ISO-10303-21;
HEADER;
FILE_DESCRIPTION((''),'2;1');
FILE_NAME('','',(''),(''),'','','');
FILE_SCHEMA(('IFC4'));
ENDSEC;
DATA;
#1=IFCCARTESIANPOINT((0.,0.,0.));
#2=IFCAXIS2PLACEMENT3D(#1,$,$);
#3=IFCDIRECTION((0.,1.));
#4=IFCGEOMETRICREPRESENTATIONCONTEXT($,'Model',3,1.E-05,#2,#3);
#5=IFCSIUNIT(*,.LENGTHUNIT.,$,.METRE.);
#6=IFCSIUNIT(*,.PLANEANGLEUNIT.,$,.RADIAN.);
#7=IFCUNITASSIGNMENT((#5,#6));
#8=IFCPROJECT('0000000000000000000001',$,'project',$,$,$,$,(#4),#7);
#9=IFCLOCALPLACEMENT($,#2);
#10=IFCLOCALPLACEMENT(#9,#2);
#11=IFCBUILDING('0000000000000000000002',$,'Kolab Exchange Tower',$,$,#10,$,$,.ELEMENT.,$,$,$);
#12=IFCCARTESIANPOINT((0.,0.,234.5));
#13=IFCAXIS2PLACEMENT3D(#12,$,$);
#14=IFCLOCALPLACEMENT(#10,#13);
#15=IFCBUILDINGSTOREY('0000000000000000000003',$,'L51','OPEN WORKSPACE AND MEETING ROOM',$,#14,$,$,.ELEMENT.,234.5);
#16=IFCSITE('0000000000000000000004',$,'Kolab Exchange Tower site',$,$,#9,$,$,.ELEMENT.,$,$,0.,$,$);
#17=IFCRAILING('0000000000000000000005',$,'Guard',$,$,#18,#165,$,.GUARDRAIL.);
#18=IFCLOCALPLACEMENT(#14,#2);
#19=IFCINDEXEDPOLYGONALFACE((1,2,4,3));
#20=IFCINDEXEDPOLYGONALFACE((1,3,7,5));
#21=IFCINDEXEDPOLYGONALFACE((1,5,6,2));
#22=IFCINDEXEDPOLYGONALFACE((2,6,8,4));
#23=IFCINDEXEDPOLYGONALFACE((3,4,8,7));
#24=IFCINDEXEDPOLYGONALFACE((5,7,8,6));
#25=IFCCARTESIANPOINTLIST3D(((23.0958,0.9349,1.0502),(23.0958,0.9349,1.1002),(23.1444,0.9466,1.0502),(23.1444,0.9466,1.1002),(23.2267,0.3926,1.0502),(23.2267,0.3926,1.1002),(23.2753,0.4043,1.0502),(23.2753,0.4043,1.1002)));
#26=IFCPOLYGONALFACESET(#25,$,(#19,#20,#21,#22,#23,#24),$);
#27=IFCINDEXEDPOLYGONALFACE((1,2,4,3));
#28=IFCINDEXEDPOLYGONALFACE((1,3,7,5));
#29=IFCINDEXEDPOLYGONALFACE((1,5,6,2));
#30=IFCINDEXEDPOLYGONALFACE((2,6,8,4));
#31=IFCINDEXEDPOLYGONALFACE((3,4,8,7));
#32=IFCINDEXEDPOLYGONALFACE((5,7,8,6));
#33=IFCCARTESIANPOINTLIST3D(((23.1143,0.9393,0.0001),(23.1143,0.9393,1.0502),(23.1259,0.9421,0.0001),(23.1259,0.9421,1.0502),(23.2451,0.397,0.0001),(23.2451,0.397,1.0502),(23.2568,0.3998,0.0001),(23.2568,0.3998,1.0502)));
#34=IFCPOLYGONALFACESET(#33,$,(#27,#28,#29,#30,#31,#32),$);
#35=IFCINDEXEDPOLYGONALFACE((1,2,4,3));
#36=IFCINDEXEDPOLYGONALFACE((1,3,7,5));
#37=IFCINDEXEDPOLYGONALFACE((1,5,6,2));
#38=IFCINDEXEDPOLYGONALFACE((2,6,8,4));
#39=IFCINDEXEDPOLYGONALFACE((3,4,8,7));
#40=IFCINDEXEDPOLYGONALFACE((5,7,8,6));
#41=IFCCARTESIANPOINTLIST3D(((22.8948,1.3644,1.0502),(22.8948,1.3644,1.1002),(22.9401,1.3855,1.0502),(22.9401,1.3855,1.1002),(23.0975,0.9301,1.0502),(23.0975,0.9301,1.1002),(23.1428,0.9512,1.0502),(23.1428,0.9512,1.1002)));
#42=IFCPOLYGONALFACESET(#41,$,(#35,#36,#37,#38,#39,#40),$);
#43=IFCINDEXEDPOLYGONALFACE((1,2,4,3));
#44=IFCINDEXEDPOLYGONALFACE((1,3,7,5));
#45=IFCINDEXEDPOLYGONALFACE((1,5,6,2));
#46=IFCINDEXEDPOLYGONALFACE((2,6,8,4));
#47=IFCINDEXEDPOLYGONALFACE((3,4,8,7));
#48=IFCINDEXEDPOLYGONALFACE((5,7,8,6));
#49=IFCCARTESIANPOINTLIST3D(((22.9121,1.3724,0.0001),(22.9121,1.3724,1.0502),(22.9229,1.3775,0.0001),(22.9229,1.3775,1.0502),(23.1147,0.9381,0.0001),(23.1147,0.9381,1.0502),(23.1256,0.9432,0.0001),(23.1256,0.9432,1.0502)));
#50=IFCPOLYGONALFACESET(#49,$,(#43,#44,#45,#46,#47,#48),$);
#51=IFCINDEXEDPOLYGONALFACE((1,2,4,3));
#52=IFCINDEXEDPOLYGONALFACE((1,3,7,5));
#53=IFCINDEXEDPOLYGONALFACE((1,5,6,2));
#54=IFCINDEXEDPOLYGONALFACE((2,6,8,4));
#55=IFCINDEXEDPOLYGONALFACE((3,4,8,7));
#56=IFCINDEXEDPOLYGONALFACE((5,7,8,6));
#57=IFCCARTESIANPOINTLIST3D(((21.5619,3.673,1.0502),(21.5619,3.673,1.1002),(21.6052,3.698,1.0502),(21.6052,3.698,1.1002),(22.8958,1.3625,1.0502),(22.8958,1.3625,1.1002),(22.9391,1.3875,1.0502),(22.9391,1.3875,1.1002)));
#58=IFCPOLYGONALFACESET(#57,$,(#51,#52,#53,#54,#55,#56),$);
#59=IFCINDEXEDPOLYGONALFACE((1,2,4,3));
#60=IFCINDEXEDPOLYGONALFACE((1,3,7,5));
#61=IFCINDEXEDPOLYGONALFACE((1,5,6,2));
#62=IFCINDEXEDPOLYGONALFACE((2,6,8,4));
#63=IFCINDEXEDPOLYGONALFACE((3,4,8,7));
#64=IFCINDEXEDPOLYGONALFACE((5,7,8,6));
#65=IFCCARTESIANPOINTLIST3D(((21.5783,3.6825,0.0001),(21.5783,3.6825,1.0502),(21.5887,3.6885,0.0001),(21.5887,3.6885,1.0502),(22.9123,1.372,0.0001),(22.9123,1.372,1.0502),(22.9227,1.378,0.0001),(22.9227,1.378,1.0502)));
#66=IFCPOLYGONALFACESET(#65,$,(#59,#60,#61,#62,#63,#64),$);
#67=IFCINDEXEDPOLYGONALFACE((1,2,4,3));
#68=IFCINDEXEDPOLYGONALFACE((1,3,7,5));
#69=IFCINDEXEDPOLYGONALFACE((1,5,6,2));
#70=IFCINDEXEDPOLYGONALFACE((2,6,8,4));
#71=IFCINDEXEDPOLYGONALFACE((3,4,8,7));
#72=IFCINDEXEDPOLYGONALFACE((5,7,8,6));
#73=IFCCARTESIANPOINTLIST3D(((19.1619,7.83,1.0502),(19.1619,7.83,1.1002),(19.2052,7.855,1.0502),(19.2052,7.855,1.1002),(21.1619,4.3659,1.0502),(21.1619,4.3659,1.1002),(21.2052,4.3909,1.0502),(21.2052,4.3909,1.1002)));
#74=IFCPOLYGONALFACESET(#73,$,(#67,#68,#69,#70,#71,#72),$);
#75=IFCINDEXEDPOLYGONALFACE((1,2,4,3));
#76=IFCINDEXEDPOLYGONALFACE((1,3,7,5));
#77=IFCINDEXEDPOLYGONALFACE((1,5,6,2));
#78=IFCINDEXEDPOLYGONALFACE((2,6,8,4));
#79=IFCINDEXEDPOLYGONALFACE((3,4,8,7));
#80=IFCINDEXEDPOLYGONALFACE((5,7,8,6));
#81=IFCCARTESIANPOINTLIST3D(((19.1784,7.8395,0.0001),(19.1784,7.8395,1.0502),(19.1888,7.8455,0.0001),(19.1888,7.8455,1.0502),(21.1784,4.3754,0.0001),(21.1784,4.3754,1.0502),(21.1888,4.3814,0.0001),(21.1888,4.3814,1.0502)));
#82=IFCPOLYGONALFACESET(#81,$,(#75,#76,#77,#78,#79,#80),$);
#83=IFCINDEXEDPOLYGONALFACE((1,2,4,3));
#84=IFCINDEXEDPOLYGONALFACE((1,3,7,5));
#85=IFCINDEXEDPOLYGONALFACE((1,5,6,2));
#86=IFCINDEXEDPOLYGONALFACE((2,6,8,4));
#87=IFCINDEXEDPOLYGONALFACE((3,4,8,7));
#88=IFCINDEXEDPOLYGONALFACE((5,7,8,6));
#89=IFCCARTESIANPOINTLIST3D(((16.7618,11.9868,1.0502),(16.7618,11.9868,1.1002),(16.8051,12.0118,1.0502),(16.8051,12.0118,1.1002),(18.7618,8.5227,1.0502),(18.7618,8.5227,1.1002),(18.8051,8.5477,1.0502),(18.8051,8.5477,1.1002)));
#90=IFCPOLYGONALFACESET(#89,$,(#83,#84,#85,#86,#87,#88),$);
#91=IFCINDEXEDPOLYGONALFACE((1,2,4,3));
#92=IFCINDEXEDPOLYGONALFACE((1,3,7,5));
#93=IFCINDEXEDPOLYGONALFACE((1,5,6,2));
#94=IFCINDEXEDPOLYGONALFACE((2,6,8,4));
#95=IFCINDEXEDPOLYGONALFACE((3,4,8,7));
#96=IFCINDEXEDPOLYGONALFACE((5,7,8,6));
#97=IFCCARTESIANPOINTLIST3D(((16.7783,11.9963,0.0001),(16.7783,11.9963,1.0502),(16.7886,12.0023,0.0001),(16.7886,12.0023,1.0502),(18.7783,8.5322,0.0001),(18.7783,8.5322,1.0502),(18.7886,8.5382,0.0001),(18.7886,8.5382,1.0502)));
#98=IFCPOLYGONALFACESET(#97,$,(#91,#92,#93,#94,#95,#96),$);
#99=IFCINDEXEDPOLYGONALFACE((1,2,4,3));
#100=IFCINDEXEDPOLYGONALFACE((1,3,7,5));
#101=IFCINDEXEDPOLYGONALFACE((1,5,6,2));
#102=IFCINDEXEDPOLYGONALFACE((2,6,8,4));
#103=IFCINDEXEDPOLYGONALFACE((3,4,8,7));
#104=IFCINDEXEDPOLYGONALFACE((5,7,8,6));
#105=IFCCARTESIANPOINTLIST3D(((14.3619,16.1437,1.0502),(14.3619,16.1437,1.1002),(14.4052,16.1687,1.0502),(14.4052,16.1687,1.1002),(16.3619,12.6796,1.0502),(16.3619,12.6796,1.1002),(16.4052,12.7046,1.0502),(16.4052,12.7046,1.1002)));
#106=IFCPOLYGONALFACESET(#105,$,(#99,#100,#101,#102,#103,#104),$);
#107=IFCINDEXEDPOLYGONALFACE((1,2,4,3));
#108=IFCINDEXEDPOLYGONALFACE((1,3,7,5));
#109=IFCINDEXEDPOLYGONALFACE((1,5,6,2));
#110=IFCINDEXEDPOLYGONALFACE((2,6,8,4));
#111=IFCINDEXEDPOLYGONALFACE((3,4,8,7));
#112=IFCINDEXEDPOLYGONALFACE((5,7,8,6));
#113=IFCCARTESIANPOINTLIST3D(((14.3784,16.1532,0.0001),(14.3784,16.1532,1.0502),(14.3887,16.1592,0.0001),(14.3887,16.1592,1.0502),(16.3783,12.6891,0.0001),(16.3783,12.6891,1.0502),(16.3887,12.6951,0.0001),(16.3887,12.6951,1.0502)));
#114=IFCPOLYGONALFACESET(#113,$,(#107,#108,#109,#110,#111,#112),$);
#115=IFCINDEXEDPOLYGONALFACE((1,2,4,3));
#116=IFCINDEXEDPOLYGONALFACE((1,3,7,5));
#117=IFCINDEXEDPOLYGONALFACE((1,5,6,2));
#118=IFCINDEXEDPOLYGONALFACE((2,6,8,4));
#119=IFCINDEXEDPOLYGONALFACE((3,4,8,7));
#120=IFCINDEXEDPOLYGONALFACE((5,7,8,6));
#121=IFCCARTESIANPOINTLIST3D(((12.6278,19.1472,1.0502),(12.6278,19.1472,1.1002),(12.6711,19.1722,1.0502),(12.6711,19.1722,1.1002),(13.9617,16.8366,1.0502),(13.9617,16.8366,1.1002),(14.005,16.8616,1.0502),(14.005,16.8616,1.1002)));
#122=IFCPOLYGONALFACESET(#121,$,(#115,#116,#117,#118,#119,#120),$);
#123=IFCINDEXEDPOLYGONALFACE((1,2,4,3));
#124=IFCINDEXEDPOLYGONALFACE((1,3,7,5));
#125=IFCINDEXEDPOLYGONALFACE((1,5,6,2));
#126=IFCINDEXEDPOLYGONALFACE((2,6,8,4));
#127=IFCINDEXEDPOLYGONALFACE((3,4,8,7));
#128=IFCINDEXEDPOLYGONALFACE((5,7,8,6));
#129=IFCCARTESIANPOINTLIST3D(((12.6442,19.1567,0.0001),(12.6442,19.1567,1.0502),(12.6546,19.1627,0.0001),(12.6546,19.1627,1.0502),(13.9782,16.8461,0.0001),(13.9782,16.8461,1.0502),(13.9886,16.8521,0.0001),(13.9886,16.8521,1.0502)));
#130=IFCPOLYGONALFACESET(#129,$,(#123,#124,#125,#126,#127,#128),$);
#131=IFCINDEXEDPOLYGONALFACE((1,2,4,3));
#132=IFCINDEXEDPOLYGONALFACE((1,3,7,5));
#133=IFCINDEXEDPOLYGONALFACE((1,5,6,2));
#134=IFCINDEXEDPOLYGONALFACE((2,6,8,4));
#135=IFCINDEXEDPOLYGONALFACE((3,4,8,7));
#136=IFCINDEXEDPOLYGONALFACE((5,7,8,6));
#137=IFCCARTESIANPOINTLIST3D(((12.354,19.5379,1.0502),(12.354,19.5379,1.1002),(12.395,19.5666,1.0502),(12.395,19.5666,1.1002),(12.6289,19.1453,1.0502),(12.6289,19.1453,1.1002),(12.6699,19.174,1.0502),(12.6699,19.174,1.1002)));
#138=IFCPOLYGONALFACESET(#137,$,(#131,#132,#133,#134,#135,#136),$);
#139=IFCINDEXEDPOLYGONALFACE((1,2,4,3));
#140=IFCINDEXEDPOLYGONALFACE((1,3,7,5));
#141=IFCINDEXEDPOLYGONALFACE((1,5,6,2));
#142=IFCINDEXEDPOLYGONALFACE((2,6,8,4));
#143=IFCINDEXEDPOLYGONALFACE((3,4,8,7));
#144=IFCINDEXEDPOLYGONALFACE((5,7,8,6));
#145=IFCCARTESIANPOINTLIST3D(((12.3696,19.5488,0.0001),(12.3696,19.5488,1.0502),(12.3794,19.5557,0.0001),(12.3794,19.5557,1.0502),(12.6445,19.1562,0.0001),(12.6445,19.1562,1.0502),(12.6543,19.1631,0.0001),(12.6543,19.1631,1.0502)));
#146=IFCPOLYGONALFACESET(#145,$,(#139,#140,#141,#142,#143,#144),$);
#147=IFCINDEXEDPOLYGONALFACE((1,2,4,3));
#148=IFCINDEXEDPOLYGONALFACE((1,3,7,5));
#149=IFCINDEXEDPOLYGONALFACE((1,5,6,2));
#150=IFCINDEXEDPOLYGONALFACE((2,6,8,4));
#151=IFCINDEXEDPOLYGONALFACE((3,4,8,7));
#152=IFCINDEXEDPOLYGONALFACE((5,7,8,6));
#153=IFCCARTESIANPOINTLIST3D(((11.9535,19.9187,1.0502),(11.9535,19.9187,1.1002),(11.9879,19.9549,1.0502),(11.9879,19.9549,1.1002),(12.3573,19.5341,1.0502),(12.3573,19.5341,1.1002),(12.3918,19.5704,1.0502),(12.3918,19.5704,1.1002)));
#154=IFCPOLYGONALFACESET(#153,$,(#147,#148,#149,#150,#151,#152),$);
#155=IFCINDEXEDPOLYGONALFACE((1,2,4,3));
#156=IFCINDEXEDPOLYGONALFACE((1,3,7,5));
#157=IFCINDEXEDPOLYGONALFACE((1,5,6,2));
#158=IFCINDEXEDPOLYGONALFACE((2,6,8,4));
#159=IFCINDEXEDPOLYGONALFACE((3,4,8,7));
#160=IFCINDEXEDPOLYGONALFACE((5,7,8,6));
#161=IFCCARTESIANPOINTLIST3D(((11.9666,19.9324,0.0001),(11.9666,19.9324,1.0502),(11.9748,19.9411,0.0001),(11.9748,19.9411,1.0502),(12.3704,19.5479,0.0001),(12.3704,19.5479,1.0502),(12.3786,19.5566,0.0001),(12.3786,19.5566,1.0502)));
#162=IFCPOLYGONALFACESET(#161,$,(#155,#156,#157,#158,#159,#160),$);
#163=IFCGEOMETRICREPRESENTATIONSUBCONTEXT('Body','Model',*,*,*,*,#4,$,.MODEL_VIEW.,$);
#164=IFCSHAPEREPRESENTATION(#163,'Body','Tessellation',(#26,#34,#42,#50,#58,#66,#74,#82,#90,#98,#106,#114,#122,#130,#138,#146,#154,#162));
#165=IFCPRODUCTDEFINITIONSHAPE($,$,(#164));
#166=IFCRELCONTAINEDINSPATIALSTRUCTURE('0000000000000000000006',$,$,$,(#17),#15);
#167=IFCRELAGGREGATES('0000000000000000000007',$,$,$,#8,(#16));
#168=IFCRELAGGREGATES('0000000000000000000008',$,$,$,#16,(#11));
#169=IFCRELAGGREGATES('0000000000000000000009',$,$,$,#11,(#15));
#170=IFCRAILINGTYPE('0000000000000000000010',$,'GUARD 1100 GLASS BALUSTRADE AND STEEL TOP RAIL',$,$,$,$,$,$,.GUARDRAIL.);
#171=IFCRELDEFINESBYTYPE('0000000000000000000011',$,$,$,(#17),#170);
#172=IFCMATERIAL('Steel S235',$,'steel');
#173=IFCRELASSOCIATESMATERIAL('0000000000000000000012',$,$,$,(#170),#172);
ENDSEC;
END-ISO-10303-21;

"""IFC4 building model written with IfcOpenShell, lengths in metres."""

from ifc_helpers import new_model, si_unit, direction, frame, frame_2d, origin, origin_2d, place, context, subcontext, project, spatial, rectangle, extrude, material, type_object, element, save


model = new_model("IFC4")

# Units and contexts
model_context = context("Model", 3, precision=1e-05, world=origin(), true_north=direction((0.0, 1.0)))
body_context = subcontext(model_context, "Body", "Model", "MODEL_VIEW")
ifc_project = project(units=[si_unit("LENGTHUNIT", "METRE"), si_unit("PLANEANGLEUNIT", "RADIAN")], contexts=[model_context])

# Site, building, storey
site_placement = place(None, origin())
site = spatial("IfcSite", under=ifc_project, at=site_placement, Name="Kolab Exchange Tower site", CompositionType="ELEMENT", RefElevation=0.0)
building_placement = place(site_placement, origin())
building = spatial("IfcBuilding", under=site, at=building_placement, Name="Kolab Exchange Tower", CompositionType="ELEMENT")
storey_placement = place(building_placement, frame((0.0, 0.0, 234.5)))
storey = spatial("IfcBuildingStorey", under=building, at=storey_placement, Name="L51", Description="OPEN WORKSPACE AND MEETING ROOM", CompositionType="ELEMENT", Elevation=234.5)

# Railing
ifc_material_1 = material(Name="Steel S235", Category="steel")
railing_type = type_object("IfcRailingType", Name="GUARD 1100 GLASS BALUSTRADE AND STEEL TOP RAIL", PredefinedType="GUARDRAIL", material=ifc_material_1)
railing_placement = place(storey_placement, frame((23.251, 0.3984, 0.0)))
element("IfcRailing", 1, at=railing_placement, inside=storey, type_object=railing_type, Name="Guard", PredefinedType="GUARDRAIL", context=body_context, shape_type="SweptSolid", body=[
    extrude(rectangle(XDim=0.05, YDim=0.05, at=origin_2d()), frame((0.0, 0.0, 1.0752), z_axis=(-0.234598, 0.972093, 0.0), x_axis=(-0.972093, -0.234598, 0.0)), (0.0, 0.0, 1.0), 0.5579),
    extrude(rectangle(XDim=0.012, YDim=1.0501, at=frame_2d((0.0, 0.5251))), frame((0.0, 0.0, 0.0), z_axis=(-0.234598, 0.972093, 0.0), x_axis=(-0.972093, -0.234598, 0.0)), (0.0, 0.0, 1.0), 0.5579),
    extrude(rectangle(XDim=0.05, YDim=0.05, at=origin_2d()), frame((-0.1309, 0.5422, 1.0752), z_axis=(-0.422802, 0.906222, 0.0), x_axis=(-0.906222, -0.422802, 0.0)), (0.0, 0.0, 1.0), 0.4792),
    extrude(rectangle(XDim=0.012, YDim=1.0501, at=frame_2d((0.0, 0.5251))), frame((-0.1309, 0.5422, 0.0), z_axis=(-0.422802, 0.906222, 0.0), x_axis=(-0.906222, -0.422802, 0.0)), (0.0, 0.0, 1.0), 0.4792),
    extrude(rectangle(XDim=0.05, YDim=0.05, at=origin_2d()), frame((-0.3335, 0.9766, 1.0752), z_axis=(-0.499997, 0.866027, 0.0), x_axis=(-0.866027, -0.499997, 0.0)), (0.0, 0.0, 1.0), 2.668),
    extrude(rectangle(XDim=0.012, YDim=1.0501, at=frame_2d((0.0, 0.5251))), frame((-0.3335, 0.9766, 0.0), z_axis=(-0.499997, 0.866027, 0.0), x_axis=(-0.866027, -0.499997, 0.0)), (0.0, 0.0, 1.0), 2.668),
    extrude(rectangle(XDim=0.05, YDim=0.05, at=origin_2d()), frame((-2.0674, 3.98, 1.0752), z_axis=(-0.499999, 0.866026, 0.0), x_axis=(-0.866026, -0.499999, 0.0)), (0.0, 0.0, 1.0), 4.0),
    extrude(rectangle(XDim=0.012, YDim=1.0501, at=frame_2d((0.0, 0.5251))), frame((-2.0674, 3.98, 0.0), z_axis=(-0.499999, 0.866026, 0.0), x_axis=(-0.866026, -0.499999, 0.0)), (0.0, 0.0, 1.0), 4.0),
    extrude(rectangle(XDim=0.05, YDim=0.05, at=origin_2d()), frame((-4.4675, 8.1367, 1.0752), z_axis=(-0.499999, 0.866026, 0.0), x_axis=(-0.866026, -0.499999, 0.0)), (0.0, 0.0, 1.0), 4.0),
    extrude(rectangle(XDim=0.012, YDim=1.0501, at=frame_2d((0.0, 0.5251))), frame((-4.4675, 8.1367, 0.0), z_axis=(-0.499999, 0.866026, 0.0), x_axis=(-0.866026, -0.499999, 0.0)), (0.0, 0.0, 1.0), 4.0),
    extrude(rectangle(XDim=0.05, YDim=0.05, at=origin_2d()), frame((-6.8674, 12.2937, 1.0752), z_axis=(-0.499999, 0.866026, 0.0), x_axis=(-0.866026, -0.499999, 0.0)), (0.0, 0.0, 1.0), 4.0),
    extrude(rectangle(XDim=0.012, YDim=1.0501, at=frame_2d((0.0, 0.5251))), frame((-6.8674, 12.2937, 0.0), z_axis=(-0.499999, 0.866026, 0.0), x_axis=(-0.866026, -0.499999, 0.0)), (0.0, 0.0, 1.0), 4.0),
    extrude(rectangle(XDim=0.05, YDim=0.05, at=origin_2d()), frame((-9.2676, 16.4507, 1.0752), z_axis=(-0.499997, 0.866027, 0.0), x_axis=(-0.866027, -0.499997, 0.0)), (0.0, 0.0, 1.0), 2.668),
    extrude(rectangle(XDim=0.012, YDim=1.0501, at=frame_2d((0.0, 0.5251))), frame((-9.2676, 16.4507, 0.0), z_axis=(-0.499997, 0.866027, 0.0), x_axis=(-0.866027, -0.499997, 0.0)), (0.0, 0.0, 1.0), 2.668),
    extrude(rectangle(XDim=0.05, YDim=0.05, at=origin_2d()), frame((-10.6016, 18.7612, 1.0752), z_axis=(-0.573599, 0.819136, 0.0), x_axis=(-0.819136, -0.573599, 0.0)), (0.0, 0.0, 1.0), 0.4792),
    extrude(rectangle(XDim=0.012, YDim=1.0501, at=frame_2d((0.0, 0.5251))), frame((-10.6016, 18.7612, 0.0), z_axis=(-0.573599, 0.819136, 0.0), x_axis=(-0.819136, -0.573599, 0.0)), (0.0, 0.0, 1.0), 0.4792),
    extrude(rectangle(XDim=0.05, YDim=0.05, at=origin_2d()), frame((-10.8765, 19.1538, 1.0752), z_axis=(-0.72419, 0.689601, 0.0), x_axis=(-0.689601, -0.72419, 0.0)), (0.0, 0.0, 1.0), 0.5576),
    extrude(rectangle(XDim=0.012, YDim=1.0501, at=frame_2d((0.0, 0.5251))), frame((-10.8765, 19.1538, 0.0), z_axis=(-0.72419, 0.689601, 0.0), x_axis=(-0.689601, -0.72419, 0.0)), (0.0, 0.0, 1.0), 0.5576),
])

save(model, "model.ifc")
